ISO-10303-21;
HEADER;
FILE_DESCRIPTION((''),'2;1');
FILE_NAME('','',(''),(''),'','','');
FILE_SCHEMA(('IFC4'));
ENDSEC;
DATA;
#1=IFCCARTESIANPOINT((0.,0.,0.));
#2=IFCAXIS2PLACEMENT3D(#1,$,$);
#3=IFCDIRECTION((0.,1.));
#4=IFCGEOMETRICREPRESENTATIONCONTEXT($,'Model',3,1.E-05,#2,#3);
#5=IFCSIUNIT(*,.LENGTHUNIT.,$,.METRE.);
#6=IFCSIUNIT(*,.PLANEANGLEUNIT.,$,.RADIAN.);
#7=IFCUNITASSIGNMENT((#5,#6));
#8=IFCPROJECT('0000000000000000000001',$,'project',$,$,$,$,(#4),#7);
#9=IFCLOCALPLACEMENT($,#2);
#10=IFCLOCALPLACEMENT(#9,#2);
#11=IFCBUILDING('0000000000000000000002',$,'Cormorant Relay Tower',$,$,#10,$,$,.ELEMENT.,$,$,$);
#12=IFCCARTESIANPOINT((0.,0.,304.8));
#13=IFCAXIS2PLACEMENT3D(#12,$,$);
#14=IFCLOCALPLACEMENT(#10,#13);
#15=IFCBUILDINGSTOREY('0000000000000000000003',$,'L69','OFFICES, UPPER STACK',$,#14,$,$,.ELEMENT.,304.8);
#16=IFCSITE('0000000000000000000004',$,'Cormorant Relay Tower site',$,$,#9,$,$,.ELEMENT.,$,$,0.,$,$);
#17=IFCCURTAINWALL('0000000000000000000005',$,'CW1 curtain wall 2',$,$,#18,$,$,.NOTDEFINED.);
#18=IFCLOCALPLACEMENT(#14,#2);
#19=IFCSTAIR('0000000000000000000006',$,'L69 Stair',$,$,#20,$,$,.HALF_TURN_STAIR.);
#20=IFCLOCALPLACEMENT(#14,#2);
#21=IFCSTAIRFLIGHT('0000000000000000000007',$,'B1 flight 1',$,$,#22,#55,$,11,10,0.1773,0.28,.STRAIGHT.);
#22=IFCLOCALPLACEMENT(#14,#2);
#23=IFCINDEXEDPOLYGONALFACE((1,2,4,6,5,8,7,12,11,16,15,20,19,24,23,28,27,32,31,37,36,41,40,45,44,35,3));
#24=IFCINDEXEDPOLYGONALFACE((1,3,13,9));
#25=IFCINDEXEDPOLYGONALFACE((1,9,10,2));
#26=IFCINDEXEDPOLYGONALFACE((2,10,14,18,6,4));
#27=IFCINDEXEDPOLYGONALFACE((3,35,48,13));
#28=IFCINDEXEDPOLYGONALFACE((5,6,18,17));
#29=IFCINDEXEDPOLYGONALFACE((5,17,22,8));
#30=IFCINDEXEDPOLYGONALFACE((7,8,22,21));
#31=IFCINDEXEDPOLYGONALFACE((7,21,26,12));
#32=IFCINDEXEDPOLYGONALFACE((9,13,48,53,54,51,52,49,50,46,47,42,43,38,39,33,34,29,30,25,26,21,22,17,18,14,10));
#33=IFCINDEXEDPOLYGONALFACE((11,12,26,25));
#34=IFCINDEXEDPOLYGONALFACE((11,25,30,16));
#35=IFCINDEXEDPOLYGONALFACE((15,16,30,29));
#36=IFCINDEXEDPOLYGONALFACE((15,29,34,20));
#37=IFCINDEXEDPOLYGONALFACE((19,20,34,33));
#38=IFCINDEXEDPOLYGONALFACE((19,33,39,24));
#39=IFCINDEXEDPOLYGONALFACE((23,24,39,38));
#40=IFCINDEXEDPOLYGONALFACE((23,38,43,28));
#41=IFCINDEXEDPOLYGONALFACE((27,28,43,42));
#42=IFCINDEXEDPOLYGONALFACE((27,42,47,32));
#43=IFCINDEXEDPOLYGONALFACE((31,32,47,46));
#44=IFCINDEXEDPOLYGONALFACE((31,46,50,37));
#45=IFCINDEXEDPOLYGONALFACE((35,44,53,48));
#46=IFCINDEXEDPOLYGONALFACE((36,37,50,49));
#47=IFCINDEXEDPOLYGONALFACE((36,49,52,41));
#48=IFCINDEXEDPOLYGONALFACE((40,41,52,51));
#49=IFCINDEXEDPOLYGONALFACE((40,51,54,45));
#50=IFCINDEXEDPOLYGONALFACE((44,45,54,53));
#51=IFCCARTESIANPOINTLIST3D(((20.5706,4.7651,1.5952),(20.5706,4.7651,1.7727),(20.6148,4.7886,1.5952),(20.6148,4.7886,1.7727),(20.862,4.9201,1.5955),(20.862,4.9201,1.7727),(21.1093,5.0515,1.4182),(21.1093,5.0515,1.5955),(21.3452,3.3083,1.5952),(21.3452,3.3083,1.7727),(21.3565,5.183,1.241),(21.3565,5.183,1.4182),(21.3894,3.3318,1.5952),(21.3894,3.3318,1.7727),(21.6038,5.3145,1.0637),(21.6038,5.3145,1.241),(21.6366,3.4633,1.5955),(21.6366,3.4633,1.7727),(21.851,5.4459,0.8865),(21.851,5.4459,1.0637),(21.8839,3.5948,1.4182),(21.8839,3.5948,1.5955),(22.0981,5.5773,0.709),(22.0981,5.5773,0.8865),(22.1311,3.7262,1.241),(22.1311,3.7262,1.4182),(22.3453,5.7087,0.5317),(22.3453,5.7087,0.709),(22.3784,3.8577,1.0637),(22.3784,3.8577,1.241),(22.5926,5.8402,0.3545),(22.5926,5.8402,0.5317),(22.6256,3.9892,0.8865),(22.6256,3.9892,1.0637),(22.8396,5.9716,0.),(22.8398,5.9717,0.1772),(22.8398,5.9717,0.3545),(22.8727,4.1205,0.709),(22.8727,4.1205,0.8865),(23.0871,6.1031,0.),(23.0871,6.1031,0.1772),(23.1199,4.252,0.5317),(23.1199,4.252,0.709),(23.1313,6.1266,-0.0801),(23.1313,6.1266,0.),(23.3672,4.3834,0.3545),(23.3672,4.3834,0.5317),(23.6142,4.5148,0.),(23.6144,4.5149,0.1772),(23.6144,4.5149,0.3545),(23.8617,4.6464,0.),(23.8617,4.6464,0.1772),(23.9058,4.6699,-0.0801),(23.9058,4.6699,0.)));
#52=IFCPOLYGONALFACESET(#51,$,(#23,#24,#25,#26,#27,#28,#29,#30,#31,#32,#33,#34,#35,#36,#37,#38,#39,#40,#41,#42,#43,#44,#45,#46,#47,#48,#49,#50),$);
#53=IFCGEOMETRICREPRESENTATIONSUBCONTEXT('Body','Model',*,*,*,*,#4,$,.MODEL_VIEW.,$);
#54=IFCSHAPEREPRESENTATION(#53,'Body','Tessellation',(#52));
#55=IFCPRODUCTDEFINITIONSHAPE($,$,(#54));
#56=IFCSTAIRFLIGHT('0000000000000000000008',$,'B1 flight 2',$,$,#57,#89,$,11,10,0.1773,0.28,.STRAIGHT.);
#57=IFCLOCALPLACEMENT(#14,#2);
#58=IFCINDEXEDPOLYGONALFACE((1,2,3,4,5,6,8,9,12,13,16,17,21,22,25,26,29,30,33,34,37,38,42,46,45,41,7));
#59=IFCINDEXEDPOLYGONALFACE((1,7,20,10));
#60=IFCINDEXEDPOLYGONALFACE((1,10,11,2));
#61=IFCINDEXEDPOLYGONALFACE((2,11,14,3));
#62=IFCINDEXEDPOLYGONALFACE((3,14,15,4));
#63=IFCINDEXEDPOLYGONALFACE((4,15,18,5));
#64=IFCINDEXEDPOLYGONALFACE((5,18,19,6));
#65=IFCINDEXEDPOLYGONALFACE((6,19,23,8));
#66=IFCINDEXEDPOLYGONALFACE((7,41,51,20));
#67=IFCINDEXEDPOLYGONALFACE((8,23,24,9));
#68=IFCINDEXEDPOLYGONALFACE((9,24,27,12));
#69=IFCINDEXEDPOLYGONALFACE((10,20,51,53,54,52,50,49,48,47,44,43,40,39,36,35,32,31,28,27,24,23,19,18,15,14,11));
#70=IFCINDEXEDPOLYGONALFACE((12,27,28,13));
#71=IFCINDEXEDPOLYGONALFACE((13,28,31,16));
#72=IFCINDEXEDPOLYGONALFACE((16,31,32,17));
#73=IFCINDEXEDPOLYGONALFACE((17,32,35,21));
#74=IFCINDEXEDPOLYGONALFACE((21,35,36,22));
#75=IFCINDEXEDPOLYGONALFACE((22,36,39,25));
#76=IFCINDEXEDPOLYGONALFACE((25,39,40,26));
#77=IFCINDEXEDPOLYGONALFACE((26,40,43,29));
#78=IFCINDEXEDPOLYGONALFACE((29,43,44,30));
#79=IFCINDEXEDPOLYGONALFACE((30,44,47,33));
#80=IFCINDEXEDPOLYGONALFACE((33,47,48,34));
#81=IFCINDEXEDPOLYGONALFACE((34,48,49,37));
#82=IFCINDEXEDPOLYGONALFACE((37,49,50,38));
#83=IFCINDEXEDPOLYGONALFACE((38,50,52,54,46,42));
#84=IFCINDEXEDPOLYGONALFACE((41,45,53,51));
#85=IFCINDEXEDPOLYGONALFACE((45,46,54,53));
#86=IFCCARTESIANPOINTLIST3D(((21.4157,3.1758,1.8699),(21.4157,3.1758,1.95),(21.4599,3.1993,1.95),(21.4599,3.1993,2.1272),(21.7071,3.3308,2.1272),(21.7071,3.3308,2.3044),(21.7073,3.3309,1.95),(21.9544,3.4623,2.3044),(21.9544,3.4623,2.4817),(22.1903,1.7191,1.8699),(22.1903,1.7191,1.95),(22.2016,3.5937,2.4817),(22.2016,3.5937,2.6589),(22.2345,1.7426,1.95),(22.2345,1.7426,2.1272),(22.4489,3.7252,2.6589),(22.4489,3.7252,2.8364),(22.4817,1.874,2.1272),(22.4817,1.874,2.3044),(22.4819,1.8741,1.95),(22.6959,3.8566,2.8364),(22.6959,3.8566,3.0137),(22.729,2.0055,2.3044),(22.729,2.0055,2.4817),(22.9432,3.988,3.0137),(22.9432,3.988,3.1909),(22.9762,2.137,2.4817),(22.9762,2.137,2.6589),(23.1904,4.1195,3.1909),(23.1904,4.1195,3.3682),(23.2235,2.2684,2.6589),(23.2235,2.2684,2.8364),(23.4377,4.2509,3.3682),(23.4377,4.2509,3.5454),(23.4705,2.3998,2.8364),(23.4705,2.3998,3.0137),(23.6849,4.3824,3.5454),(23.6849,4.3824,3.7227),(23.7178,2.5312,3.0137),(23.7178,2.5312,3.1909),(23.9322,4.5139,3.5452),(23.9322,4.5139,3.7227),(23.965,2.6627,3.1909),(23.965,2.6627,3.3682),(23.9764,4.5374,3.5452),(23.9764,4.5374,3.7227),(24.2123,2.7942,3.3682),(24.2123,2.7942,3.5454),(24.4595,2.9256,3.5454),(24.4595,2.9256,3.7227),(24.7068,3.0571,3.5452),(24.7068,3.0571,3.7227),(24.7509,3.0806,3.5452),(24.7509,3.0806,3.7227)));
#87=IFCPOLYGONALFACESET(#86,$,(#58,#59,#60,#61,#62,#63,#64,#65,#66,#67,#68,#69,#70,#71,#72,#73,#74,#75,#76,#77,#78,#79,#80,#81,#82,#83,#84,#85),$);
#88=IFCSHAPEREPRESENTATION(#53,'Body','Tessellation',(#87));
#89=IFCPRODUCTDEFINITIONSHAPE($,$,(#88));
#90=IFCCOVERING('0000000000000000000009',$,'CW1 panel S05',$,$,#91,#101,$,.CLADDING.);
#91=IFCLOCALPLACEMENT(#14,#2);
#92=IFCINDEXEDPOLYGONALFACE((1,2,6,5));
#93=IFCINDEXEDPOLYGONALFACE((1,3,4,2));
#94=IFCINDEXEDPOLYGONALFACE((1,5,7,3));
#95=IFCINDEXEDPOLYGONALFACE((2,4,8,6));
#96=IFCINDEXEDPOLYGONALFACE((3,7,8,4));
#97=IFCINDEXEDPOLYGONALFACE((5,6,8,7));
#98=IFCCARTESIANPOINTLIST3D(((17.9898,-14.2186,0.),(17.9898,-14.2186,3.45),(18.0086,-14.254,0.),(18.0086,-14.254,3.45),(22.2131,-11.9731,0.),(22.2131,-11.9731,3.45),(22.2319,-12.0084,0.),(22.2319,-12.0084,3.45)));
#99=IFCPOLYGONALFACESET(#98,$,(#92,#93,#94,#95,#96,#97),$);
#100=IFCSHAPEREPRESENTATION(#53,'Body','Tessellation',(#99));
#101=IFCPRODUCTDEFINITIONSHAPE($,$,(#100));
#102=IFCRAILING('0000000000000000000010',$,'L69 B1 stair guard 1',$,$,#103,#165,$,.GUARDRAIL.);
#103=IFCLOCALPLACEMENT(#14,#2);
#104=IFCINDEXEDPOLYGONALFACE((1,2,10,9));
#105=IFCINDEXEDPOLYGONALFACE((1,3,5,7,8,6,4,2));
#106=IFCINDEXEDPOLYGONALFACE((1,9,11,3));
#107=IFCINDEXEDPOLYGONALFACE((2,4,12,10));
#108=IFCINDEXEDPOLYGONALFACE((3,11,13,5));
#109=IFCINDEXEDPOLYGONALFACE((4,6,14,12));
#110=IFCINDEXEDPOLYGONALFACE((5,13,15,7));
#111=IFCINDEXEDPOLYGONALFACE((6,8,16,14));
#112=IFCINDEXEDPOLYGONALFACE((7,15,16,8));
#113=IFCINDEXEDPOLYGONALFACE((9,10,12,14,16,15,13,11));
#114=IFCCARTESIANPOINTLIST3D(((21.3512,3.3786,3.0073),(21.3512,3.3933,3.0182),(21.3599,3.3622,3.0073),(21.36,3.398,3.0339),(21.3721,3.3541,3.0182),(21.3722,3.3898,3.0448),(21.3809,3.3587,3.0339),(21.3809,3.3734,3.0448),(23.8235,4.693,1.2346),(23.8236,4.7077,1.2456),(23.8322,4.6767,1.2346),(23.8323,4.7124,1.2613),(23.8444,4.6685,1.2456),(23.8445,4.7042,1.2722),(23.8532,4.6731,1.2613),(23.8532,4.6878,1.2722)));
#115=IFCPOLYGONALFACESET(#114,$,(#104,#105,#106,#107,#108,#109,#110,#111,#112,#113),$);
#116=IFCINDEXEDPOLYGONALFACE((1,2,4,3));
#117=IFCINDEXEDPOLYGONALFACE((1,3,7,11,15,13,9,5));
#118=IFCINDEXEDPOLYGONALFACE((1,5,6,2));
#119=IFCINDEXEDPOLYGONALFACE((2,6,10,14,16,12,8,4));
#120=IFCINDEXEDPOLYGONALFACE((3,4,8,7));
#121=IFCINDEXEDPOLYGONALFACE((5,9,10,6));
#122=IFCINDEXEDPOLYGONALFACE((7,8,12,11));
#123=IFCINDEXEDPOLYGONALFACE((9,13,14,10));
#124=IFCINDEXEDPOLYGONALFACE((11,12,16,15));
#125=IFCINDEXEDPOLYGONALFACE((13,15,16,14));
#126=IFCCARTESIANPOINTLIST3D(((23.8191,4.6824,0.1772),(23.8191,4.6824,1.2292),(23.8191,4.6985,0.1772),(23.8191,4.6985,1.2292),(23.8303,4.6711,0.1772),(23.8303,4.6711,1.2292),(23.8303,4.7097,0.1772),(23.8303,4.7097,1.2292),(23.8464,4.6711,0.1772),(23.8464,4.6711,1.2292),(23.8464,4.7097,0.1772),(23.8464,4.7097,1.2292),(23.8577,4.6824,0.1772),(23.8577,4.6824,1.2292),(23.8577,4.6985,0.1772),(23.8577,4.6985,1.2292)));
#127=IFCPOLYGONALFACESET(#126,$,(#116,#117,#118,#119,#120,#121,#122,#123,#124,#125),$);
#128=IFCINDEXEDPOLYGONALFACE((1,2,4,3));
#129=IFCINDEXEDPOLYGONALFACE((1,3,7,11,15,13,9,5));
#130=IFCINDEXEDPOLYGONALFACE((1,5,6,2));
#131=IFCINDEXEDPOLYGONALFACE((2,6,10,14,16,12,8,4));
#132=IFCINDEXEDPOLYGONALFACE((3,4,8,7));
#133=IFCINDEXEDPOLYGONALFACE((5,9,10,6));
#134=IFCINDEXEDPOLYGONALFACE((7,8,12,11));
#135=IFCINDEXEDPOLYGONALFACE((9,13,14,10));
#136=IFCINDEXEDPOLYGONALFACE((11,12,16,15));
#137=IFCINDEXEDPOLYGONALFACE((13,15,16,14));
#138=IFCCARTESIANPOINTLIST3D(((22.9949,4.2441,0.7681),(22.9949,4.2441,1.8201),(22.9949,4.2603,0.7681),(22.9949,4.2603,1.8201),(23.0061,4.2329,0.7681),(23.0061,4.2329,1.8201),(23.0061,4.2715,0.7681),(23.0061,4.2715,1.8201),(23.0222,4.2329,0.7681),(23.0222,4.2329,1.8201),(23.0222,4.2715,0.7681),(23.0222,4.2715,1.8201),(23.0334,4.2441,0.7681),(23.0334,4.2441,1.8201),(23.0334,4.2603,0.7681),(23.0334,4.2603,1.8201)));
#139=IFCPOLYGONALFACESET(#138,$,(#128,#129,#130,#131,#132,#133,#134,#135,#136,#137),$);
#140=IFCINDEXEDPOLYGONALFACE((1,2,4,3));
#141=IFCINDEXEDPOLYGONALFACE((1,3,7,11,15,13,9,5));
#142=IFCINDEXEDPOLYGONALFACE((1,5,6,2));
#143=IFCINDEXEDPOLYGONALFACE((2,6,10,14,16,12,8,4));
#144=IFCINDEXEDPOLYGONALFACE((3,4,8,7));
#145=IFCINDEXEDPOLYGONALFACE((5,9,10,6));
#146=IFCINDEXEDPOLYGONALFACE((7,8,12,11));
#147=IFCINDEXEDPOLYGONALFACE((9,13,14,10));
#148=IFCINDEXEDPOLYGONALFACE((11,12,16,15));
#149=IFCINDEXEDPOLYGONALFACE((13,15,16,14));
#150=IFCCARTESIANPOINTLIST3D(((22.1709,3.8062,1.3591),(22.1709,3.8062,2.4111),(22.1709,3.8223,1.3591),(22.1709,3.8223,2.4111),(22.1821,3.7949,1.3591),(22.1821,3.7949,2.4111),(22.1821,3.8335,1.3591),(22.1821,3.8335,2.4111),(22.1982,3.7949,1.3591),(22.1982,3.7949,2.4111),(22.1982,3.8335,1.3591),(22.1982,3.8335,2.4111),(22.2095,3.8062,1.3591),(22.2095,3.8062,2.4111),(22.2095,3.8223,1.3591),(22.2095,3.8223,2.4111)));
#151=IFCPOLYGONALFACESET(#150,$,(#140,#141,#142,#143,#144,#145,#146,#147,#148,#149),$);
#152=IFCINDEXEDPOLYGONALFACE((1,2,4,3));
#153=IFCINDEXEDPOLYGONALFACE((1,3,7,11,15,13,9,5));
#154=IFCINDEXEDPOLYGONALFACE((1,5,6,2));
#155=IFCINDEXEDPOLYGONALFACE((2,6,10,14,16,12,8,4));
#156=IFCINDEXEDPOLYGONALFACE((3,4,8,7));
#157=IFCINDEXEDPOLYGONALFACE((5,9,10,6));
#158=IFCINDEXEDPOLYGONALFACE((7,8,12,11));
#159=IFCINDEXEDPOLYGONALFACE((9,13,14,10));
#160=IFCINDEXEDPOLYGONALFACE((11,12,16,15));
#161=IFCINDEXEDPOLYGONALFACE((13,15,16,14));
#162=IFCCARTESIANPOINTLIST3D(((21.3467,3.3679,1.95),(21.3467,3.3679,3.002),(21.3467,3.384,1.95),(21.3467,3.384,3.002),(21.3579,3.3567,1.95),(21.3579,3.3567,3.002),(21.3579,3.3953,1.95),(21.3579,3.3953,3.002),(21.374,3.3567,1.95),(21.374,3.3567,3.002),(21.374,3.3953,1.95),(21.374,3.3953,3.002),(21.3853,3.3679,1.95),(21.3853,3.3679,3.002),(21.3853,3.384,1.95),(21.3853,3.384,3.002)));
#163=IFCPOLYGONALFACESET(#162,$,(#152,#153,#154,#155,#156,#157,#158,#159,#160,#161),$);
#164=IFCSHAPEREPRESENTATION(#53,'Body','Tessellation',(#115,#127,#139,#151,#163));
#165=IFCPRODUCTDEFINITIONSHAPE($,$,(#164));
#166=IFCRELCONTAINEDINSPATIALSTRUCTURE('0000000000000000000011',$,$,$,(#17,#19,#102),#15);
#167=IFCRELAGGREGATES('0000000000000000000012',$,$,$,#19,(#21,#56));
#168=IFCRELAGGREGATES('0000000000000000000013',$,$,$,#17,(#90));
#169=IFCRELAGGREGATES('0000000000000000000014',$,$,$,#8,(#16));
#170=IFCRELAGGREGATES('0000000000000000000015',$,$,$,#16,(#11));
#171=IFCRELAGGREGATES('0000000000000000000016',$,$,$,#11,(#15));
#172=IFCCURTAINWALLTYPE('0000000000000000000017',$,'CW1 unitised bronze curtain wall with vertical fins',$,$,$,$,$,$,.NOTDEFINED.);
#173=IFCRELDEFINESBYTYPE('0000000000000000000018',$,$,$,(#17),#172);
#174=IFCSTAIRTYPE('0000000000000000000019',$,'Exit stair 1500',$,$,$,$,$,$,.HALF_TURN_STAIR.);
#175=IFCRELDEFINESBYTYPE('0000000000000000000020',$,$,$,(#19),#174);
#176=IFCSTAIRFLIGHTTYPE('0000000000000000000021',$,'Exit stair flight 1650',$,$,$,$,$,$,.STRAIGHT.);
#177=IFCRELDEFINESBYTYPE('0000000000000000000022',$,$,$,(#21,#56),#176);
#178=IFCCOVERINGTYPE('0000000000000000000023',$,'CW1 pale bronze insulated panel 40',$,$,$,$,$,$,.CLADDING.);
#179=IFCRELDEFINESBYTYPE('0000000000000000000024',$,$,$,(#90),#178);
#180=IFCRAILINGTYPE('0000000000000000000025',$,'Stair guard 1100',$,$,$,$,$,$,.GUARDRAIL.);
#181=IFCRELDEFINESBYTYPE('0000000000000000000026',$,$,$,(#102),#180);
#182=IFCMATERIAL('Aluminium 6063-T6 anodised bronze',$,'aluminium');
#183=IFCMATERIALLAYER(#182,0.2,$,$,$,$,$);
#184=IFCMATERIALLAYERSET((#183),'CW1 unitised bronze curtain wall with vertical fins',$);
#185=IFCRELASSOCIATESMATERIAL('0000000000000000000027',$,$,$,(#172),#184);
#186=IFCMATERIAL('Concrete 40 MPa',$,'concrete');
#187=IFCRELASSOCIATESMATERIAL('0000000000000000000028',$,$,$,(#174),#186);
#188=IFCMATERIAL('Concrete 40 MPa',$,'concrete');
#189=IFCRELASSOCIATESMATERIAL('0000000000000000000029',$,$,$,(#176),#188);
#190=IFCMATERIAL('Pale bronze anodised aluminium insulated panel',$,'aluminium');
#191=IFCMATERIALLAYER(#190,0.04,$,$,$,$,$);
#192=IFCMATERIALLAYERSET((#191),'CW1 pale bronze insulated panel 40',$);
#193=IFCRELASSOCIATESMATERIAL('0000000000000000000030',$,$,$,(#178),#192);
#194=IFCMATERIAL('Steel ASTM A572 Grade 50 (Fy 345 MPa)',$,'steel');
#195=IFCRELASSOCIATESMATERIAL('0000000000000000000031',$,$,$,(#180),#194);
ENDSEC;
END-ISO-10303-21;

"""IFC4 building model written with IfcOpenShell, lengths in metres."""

from ifc_helpers import new_model, si_unit, direction, frame, origin, origin_2d, place, context, subcontext, project, spatial, polyline, rectangle, outline, extrude, material, layer, layer_set, type_object, element, aggregate, save


model = new_model("IFC4")

# Units and contexts
model_context = context("Model", 3, precision=1e-05, world=origin(), true_north=direction((0.0, 1.0)))
body_context = subcontext(model_context, "Body", "Model", "MODEL_VIEW")
ifc_project = project(units=[si_unit("LENGTHUNIT", "METRE"), si_unit("PLANEANGLEUNIT", "RADIAN")], contexts=[model_context])

# Site, building, storey
site_placement = place(None, origin())
site = spatial("IfcSite", under=ifc_project, at=site_placement, Name="Cormorant Relay Tower site", CompositionType="ELEMENT", RefElevation=0.0)
building_placement = place(site_placement, origin())
building = spatial("IfcBuilding", under=site, at=building_placement, Name="Cormorant Relay Tower", CompositionType="ELEMENT")
storey_placement = place(building_placement, frame((0.0, 0.0, 304.8)))
storey = spatial("IfcBuildingStorey", under=building, at=storey_placement, Name="L69", Description="OFFICES, UPPER STACK", CompositionType="ELEMENT", Elevation=304.8)

# Curtain wall
ifc_material_1 = material(Name="Aluminium 6063-T6 anodised bronze", Category="aluminium")
ifc_layer_1 = layer(ifc_material_1, 0.2)
ifc_layer_set_1 = layer_set([ifc_layer_1], Name="CW1 unitised bronze curtain wall with vertical fins")
curtain_wall_type = type_object("IfcCurtainWallType", Name="CW1 unitised bronze curtain wall with vertical fins", PredefinedType="NOTDEFINED", material=ifc_layer_set_1)
curtain_wall_placement = place(storey_placement, origin())
curtain_wall = element("IfcCurtainWall", 1, at=curtain_wall_placement, inside=storey, type_object=curtain_wall_type, Name="CW1 curtain wall 2", PredefinedType="NOTDEFINED")

# Stair, stair flights
ifc_material_2 = material(Name="Concrete 40 MPa", Category="concrete")
stair_type = type_object("IfcStairType", Name="Exit stair 1500", PredefinedType="HALF_TURN_STAIR", material=ifc_material_2)
stair_placement = place(storey_placement, origin())
stair = element("IfcStair", 2, at=stair_placement, inside=storey, type_object=stair_type, Name="L69 Stair", PredefinedType="HALF_TURN_STAIR")
ifc_material_3 = material(Name="Concrete 40 MPa", Category="concrete")
stair_flight_type = type_object("IfcStairFlightType", Name="Exit stair flight 1650", PredefinedType="STRAIGHT", material=ifc_material_3)
stair_flight_1_placement = place(storey_placement, frame((23.4744, 5.3748, 0.0), z_axis=(0.0, 0.0, 1.0), x_axis=(-0.882948, -0.469472, 0.0)))
stair_flight_1 = element("IfcStairFlight", 3, at=stair_flight_1_placement, type_object=stair_flight_type, Name="B1 flight 1", NumberOfRisers=11, NumberOfTreads=10, PredefinedType="STRAIGHT", RiserHeight=0.1773, TreadLength=0.28, context=body_context, shape_type="SweptSolid", body=[
    extrude(outline(polyline([(-0.05, -0.0801), (-0.05, 0.0), (0.0, 0.0), (0.0, 0.1772), (0.28, 0.1772), (0.28, 0.3545), (0.5601, 0.3545), (0.5601, 0.5317), (0.8401, 0.5317), (0.8401, 0.709), (1.1201, 0.709), (1.1201, 0.8865), (1.3999, 0.8865), (1.3999, 1.0637), (1.6799, 1.0637), (1.6799, 1.241), (1.96, 1.241), (1.96, 1.4182), (2.24, 1.4182), (2.24, 1.5955), (2.52, 1.5955), (2.52, 1.7727), (2.8, 1.7727), (2.8501, 1.7727), (2.8501, 1.5952), (2.8, 1.5952), (0.2803, 0.0), (-0.05, -0.0801)])), frame((0.0, 0.825, 0.0), z_axis=(0.0, -1.0, 0.0), x_axis=(1.0, 0.0, 0.0)), (0.0, 0.0, 1.0), 1.6499),
])
stair_flight_2_placement = place(storey_placement, frame((21.8472, 2.4709, 1.95), z_axis=(0.0, 0.0, 1.0), x_axis=(0.882948, 0.469472, 0.0)))
stair_flight_2 = element("IfcStairFlight", 4, at=stair_flight_2_placement, type_object=stair_flight_type, Name="B1 flight 2", NumberOfRisers=11, NumberOfTreads=10, PredefinedType="STRAIGHT", RiserHeight=0.1773, TreadLength=0.28, context=body_context, shape_type="SweptSolid", body=[
    extrude(outline(polyline([(-0.05, -0.0801), (-0.05, 0.0), (0.0, 0.0), (0.0, 0.1772), (0.28, 0.1772), (0.28, 0.3545), (0.5601, 0.3545), (0.5601, 0.5317), (0.8401, 0.5317), (0.8401, 0.709), (1.1201, 0.709), (1.1201, 0.8865), (1.3999, 0.8865), (1.3999, 1.0637), (1.6799, 1.0637), (1.6799, 1.241), (1.96, 1.241), (1.96, 1.4182), (2.24, 1.4182), (2.24, 1.5955), (2.52, 1.5955), (2.52, 1.7727), (2.8, 1.7727), (2.8501, 1.7727), (2.8501, 1.5952), (2.8, 1.5952), (0.2803, 0.0), (-0.05, -0.0801)])), frame((0.0, 0.825, 0.0), z_axis=(0.0, -1.0, 0.0), x_axis=(1.0, 0.0, 0.0)), (0.0, 0.0, 1.0), 1.6499),
])
aggregate(stair, [stair_flight_1, stair_flight_2])

# Covering
ifc_material_4 = material(Name="Pale bronze anodised aluminium insulated panel", Category="aluminium")
ifc_layer_2 = layer(ifc_material_4, 0.04)
ifc_layer_set_2 = layer_set([ifc_layer_2], Name="CW1 pale bronze insulated panel 40")
covering_type = type_object("IfcCoveringType", Name="CW1 pale bronze insulated panel 40", PredefinedType="CLADDING", material=ifc_layer_set_2)
covering_placement = place(storey_placement, frame((20.1108, -13.1135, 0.0), z_axis=(0.0, 0.0, 1.0), x_axis=(0.882948, 0.469472, 0.0)))
covering = element("IfcCovering", 5, at=covering_placement, type_object=covering_type, Name="CW1 panel S05", PredefinedType="CLADDING", context=body_context, shape_type="SweptSolid", body=[
    extrude(rectangle(XDim=4.7832, YDim=0.04, at=origin_2d()), origin(), (0.0, 0.0, 1.0), 3.45),
])
aggregate(curtain_wall, [covering])

# Railing
ifc_material_5 = material(Name="Steel ASTM A572 Grade 50 (Fy 345 MPa)", Category="steel")
railing_type_1 = type_object("IfcRailingType", Name="Stair guard 1100", PredefinedType="GUARDRAIL", material=ifc_material_5)
railing_1_placement = place(storey_placement, frame((23.8384, 4.6904, 0.1772)))
element("IfcRailing", 6, at=railing_1_placement, inside=storey, type_object=railing_type_1, Name="L69 B1 stair guard 1", PredefinedType="GUARDRAIL", context=body_context, shape_type="SweptSolid", body=[
    extrude(outline(polyline([(0.0222, 0.0093), (0.0093, 0.0222), (-0.0093, 0.0222), (-0.0222, 0.0093), (-0.0222, -0.0093), (-0.0093, -0.0222), (0.0093, -0.0222), (0.0222, -0.0093), (0.0222, 0.0093)])), frame((0.0, 0.0, 1.0762), z_axis=(-0.746034, -0.396627, 0.534902), x_axis=(0.469429, -0.88297, 0.0)), (0.0, 0.0, 1.0), 3.314),
    extrude(outline(polyline([(0.0193, 0.0081), (0.0081, 0.0193), (-0.0081, 0.0193), (-0.0193, 0.0081), (-0.0193, -0.0081), (-0.0081, -0.0193), (0.0081, -0.0193), (0.0193, -0.0081), (0.0193, 0.0081)])), origin(), (0.0, 0.0, 1.0), 1.052),
    extrude(outline(polyline([(0.0193, 0.0081), (0.0081, 0.0193), (-0.0081, 0.0193), (-0.0193, 0.0081), (-0.0193, -0.0081), (-0.0081, -0.0193), (0.0081, -0.0193), (0.0193, -0.0081), (0.0193, 0.0081)])), frame((-0.8242, -0.4382, 0.5908)), (0.0, 0.0, 1.0), 1.052),
    extrude(outline(polyline([(0.0193, 0.0081), (0.0081, 0.0193), (-0.0081, 0.0193), (-0.0193, 0.0081), (-0.0193, -0.0081), (-0.0081, -0.0193), (0.0081, -0.0193), (0.0193, -0.0081), (0.0193, 0.0081)])), frame((-1.6482, -0.8762, 1.1819)), (0.0, 0.0, 1.0), 1.052),
    extrude(outline(polyline([(0.0193, 0.0081), (0.0081, 0.0193), (-0.0081, 0.0193), (-0.0193, 0.0081), (-0.0193, -0.0081), (-0.0081, -0.0193), (0.0081, -0.0193), (0.0193, -0.0081), (0.0193, 0.0081)])), frame((-2.4724, -1.3145, 1.7727)), (0.0, 0.0, 1.0), 1.052),
])

save(model, "model.ifc")
